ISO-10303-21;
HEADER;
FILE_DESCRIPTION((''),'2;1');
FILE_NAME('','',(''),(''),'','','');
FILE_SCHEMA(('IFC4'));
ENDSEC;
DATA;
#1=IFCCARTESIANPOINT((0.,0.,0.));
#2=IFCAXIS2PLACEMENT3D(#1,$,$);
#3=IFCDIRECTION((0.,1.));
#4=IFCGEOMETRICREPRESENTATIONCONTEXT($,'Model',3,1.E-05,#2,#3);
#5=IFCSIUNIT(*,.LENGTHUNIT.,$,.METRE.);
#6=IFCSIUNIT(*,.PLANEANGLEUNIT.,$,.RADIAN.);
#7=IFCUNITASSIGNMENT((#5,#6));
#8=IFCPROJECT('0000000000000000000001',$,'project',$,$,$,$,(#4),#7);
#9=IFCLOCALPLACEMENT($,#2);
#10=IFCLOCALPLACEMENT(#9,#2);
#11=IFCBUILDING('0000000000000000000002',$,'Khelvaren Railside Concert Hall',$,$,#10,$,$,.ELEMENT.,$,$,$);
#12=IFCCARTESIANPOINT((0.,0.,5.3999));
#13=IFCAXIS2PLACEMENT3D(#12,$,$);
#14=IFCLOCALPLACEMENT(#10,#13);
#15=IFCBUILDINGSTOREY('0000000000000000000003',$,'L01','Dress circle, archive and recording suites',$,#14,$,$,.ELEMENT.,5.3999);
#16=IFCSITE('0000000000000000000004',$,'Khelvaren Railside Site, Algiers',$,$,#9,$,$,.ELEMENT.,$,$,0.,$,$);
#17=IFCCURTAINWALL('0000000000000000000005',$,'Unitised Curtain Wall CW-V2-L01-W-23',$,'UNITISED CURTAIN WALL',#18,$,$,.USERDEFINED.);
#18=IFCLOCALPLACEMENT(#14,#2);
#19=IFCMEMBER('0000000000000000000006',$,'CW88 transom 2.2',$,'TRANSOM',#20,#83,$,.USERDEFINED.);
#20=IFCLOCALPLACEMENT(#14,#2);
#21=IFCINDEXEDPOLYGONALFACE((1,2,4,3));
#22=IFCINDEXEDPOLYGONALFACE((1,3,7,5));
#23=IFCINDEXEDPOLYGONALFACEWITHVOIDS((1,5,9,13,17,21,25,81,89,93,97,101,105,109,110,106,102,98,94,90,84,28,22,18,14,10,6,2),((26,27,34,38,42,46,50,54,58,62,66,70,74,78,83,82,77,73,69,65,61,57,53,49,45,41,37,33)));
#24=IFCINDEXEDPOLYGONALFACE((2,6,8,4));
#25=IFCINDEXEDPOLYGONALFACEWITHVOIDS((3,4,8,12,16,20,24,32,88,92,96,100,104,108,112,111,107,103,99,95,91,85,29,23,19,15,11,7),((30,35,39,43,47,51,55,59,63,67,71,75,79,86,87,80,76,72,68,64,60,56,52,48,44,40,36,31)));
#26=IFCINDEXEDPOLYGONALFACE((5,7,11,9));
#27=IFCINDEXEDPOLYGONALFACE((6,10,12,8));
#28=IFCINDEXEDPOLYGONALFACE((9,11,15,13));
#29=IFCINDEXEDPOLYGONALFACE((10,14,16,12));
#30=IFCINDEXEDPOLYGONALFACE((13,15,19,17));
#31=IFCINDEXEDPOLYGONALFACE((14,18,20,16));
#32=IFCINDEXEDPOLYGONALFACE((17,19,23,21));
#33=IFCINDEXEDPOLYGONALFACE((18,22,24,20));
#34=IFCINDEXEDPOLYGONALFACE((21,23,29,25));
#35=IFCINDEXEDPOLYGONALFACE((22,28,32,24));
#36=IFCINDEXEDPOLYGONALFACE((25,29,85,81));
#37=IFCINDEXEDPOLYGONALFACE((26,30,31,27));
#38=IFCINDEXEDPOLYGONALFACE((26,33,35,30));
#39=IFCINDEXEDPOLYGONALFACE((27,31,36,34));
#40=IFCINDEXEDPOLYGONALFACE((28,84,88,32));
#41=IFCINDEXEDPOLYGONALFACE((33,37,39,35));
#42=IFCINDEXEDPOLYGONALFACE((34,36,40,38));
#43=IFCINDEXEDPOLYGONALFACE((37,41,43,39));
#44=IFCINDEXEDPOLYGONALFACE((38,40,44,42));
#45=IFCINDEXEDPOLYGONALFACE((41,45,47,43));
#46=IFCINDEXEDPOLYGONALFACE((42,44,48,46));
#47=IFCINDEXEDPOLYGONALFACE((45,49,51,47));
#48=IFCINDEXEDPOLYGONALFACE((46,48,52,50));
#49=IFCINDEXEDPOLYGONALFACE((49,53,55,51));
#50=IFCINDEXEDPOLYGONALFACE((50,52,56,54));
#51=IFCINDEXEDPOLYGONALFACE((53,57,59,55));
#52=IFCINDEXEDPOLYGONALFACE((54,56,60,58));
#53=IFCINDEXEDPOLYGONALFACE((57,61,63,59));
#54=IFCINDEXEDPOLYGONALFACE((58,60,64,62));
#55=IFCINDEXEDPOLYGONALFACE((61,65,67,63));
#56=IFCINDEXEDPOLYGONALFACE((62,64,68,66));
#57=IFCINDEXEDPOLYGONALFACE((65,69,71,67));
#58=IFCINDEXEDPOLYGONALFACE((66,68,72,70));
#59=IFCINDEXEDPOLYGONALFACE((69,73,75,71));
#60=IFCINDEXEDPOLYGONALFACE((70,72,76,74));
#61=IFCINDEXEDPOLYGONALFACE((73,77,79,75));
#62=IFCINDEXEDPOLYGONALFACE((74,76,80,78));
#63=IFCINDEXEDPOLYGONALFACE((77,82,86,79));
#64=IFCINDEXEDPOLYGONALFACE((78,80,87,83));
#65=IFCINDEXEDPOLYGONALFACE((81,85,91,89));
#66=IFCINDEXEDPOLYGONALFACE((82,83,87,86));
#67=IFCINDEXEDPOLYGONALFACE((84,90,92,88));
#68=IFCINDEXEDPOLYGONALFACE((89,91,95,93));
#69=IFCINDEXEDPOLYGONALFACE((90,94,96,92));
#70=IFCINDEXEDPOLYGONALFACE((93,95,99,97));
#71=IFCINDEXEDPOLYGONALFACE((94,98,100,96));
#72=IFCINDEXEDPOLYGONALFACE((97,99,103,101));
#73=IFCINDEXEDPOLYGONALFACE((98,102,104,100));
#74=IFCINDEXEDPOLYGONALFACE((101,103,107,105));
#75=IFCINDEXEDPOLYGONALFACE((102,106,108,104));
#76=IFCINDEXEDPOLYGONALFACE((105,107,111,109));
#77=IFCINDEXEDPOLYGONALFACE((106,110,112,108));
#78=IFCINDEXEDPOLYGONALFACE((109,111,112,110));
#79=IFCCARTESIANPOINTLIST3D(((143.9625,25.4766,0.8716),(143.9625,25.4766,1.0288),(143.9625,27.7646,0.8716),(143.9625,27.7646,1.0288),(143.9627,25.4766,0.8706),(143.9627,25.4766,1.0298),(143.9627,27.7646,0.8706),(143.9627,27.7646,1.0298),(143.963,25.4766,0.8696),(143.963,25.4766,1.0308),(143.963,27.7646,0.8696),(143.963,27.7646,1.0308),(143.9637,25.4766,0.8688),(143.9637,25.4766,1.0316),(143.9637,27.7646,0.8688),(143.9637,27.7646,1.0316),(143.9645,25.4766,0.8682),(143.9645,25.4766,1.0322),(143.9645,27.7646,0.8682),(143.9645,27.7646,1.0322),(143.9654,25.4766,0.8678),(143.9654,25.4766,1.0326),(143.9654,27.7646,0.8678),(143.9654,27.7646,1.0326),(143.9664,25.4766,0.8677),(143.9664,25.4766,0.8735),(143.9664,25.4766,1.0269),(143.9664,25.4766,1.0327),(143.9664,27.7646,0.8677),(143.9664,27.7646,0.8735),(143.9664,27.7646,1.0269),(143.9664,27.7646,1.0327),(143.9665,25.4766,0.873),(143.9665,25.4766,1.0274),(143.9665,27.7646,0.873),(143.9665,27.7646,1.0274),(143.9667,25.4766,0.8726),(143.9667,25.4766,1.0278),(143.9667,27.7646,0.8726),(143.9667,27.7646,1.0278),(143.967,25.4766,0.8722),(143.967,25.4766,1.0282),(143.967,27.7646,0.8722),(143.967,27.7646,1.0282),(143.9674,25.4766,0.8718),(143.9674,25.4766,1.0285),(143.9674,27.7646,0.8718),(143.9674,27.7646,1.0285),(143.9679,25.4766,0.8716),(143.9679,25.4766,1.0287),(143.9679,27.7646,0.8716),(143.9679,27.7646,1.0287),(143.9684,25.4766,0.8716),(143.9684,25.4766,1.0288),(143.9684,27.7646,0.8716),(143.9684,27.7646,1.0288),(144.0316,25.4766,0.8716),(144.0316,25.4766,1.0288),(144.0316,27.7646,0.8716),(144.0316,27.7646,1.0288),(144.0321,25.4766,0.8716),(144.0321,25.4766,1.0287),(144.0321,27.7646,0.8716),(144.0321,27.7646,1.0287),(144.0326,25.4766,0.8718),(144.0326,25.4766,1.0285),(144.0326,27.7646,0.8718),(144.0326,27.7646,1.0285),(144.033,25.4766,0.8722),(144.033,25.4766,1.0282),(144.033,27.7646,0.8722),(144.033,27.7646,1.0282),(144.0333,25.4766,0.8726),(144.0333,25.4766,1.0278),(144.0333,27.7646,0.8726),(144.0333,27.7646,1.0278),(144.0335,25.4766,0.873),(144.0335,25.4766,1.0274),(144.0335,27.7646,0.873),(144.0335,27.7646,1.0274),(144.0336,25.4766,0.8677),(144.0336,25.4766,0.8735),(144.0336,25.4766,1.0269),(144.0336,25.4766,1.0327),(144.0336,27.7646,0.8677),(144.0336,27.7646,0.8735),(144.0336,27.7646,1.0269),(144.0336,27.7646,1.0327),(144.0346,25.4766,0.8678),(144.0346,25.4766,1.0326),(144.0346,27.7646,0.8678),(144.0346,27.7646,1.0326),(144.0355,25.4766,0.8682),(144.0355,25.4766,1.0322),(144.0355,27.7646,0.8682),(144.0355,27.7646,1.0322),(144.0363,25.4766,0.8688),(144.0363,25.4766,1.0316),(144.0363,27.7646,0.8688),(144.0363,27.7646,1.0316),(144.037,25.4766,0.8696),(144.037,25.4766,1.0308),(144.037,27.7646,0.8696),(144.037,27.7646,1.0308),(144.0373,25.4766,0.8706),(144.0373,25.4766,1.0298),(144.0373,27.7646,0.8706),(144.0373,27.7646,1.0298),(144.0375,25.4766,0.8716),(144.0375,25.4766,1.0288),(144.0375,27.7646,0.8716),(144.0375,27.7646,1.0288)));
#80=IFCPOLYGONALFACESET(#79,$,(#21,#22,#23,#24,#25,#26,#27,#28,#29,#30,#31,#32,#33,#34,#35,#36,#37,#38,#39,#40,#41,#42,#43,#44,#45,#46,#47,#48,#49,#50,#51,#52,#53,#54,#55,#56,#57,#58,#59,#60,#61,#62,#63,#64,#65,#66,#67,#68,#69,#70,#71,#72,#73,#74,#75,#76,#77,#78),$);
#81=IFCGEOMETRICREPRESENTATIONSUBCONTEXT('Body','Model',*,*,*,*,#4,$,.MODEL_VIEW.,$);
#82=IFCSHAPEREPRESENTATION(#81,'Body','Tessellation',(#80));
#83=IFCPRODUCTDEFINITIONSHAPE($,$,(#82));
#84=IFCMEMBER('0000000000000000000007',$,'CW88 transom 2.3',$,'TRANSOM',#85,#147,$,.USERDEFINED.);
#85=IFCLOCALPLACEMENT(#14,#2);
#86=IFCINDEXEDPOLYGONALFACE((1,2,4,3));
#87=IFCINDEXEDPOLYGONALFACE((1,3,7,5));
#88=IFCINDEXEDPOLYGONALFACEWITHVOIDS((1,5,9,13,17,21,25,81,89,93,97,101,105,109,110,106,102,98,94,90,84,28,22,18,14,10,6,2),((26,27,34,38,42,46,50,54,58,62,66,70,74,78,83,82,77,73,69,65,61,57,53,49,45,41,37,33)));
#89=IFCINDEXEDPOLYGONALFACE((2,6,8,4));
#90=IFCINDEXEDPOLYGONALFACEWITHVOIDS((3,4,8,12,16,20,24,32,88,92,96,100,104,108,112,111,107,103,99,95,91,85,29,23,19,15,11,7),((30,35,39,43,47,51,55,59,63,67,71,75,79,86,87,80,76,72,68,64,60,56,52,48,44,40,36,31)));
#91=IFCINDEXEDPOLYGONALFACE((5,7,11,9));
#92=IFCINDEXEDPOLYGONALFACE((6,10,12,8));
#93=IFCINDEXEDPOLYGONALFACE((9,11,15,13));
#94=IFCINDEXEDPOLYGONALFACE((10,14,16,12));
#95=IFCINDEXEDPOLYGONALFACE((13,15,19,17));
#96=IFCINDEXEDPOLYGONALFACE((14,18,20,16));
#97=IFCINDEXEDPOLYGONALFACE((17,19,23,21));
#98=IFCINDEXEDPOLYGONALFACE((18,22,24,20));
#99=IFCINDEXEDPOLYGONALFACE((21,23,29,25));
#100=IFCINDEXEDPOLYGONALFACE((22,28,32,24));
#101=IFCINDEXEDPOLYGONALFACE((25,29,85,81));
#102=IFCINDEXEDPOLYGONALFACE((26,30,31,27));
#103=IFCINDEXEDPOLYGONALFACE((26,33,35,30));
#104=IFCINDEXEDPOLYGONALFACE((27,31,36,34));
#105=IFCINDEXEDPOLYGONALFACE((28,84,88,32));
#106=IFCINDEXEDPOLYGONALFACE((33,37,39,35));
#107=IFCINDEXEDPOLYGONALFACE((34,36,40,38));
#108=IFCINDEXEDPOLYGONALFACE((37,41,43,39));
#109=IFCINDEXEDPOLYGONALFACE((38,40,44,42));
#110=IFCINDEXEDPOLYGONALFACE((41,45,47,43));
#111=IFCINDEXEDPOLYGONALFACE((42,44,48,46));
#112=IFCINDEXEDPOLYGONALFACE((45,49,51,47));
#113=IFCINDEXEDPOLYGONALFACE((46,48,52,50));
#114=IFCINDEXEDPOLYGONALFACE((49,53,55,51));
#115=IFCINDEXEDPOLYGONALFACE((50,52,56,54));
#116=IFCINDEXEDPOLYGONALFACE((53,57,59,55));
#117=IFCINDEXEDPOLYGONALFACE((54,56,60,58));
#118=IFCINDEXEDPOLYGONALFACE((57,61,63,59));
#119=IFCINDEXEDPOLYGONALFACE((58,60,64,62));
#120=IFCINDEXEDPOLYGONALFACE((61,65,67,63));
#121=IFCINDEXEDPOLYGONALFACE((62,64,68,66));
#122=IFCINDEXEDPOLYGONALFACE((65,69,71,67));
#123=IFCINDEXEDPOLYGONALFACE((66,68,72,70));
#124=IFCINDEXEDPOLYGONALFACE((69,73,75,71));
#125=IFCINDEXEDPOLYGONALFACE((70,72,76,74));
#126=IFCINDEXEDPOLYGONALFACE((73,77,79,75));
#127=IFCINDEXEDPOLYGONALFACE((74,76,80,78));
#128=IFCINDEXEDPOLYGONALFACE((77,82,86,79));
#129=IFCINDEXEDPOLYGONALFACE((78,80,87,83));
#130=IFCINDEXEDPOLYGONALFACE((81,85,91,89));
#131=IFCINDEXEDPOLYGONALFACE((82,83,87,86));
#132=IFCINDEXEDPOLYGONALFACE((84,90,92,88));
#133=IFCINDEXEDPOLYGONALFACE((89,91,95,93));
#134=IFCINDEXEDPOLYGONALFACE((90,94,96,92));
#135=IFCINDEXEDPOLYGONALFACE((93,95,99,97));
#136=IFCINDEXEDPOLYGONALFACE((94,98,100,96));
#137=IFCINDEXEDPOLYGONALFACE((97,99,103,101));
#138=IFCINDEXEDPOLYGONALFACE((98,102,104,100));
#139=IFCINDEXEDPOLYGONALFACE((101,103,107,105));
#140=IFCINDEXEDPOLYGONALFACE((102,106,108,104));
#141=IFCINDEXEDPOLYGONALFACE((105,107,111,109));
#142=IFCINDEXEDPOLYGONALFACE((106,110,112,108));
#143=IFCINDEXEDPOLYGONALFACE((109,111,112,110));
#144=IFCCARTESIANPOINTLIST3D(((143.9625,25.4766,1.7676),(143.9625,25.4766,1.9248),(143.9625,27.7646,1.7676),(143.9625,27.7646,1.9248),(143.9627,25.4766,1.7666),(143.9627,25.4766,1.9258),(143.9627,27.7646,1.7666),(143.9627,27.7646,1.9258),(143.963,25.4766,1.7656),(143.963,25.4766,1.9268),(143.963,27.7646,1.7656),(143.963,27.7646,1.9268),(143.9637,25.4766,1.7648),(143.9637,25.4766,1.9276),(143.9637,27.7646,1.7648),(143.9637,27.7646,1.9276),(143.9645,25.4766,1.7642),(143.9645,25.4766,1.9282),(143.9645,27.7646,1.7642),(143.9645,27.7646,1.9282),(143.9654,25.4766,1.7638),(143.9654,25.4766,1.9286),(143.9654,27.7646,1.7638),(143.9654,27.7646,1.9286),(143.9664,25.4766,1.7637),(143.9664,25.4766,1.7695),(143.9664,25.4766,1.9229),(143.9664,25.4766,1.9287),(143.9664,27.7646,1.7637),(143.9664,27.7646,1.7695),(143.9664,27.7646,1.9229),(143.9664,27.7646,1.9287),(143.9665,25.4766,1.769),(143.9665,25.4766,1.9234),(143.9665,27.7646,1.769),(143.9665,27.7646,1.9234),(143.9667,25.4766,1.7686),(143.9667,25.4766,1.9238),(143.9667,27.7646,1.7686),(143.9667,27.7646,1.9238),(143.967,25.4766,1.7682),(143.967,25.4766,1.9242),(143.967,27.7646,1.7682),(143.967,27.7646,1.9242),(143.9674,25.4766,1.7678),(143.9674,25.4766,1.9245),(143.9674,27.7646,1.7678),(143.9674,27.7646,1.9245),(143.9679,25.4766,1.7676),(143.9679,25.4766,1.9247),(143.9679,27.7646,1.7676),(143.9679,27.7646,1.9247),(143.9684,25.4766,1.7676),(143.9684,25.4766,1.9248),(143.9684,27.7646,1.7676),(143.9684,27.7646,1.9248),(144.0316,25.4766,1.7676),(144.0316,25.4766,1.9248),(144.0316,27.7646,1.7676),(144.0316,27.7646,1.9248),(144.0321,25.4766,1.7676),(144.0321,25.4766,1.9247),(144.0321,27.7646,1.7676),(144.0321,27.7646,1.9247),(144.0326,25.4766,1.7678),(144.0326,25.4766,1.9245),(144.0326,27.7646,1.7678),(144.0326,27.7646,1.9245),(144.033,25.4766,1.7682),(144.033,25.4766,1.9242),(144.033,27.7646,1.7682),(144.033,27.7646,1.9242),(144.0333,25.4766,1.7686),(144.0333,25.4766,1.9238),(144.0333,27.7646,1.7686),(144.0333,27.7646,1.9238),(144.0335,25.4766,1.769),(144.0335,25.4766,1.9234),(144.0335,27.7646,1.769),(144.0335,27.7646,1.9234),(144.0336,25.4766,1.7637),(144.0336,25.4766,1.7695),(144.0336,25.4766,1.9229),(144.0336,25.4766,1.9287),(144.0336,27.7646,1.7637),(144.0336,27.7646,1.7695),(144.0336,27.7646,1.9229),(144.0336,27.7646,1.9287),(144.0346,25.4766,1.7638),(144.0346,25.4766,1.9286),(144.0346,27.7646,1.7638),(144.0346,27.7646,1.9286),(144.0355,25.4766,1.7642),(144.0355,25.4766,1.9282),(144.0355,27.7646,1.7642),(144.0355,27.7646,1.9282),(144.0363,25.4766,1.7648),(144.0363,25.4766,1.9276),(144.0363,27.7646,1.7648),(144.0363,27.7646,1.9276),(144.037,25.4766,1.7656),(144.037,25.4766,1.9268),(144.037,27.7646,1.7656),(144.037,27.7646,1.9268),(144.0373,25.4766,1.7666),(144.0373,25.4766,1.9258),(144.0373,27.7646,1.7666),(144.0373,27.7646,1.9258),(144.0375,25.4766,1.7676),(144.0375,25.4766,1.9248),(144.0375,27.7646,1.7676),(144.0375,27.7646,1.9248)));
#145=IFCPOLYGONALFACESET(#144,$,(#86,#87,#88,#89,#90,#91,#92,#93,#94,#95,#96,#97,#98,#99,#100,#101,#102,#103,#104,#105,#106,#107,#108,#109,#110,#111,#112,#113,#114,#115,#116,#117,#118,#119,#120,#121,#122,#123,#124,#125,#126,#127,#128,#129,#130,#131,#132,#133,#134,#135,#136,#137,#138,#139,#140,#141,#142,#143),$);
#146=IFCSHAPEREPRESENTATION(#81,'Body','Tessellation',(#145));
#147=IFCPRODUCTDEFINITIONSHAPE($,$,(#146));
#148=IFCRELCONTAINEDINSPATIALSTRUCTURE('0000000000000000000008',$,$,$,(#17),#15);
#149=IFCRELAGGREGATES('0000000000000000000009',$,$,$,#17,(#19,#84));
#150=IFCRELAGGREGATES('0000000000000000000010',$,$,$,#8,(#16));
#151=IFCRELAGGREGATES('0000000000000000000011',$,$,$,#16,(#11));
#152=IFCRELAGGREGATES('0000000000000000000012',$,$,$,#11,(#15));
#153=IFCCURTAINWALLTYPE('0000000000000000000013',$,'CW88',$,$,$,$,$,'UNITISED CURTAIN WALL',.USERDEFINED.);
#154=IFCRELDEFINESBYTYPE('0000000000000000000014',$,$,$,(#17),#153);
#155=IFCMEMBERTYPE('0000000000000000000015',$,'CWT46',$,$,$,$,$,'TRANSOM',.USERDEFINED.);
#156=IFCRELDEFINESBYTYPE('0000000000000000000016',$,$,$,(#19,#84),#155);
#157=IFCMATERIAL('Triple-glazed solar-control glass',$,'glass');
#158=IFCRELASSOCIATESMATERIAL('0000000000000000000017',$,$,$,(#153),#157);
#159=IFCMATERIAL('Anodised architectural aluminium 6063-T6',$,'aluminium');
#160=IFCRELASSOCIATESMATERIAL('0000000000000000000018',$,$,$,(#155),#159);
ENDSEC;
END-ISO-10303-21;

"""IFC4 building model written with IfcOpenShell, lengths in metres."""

from ifc_helpers import new_model, si_unit, direction, frame, origin, origin_2d, place, context, subcontext, project, spatial, hollow_rectangle, extrude, material, material_profile, profile_set, type_object, element, aggregate, save


model = new_model("IFC4")

# Units and contexts
model_context = context("Model", 3, precision=1e-05, world=origin(), true_north=direction((0.0, 1.0)))
body_context = subcontext(model_context, "Body", "Model", "MODEL_VIEW")
ifc_project = project(units=[si_unit("LENGTHUNIT", "METRE"), si_unit("PLANEANGLEUNIT", "RADIAN")], contexts=[model_context])

# Site, building, storey
site_placement = place(None, origin())
site = spatial("IfcSite", under=ifc_project, at=site_placement, Name="Khelvaren Railside Site, Algiers", CompositionType="ELEMENT", RefElevation=0.0)
building_placement = place(site_placement, origin())
building = spatial("IfcBuilding", under=site, at=building_placement, Name="Khelvaren Railside Concert Hall", CompositionType="ELEMENT")
storey_placement = place(building_placement, frame((0.0, 0.0, 5.3999)))
storey = spatial("IfcBuildingStorey", under=building, at=storey_placement, Name="L01", Description="Dress circle, archive and recording suites", CompositionType="ELEMENT", Elevation=5.3999)

# Curtain wall, members
ifc_material_1 = material(Name="Triple-glazed solar-control glass", Category="glass")
curtain_wall_type = type_object("IfcCurtainWallType", Name="CW88", ElementType="UNITISED CURTAIN WALL", PredefinedType="USERDEFINED", material=ifc_material_1)
curtain_wall_placement = place(storey_placement, origin())
curtain_wall = element("IfcCurtainWall", 1, at=curtain_wall_placement, inside=storey, type_object=curtain_wall_type, Name="Unitised Curtain Wall CW-V2-L01-W-23", ObjectType="UNITISED CURTAIN WALL", PredefinedType="USERDEFINED")
ifc_material_2 = material(Name="Anodised architectural aluminium 6063-T6", Category="aluminium")
ifc_material_profile_1 = material_profile(ifc_material_2, hollow_rectangle(XDim=0.075, YDim=0.165, WallThickness=0.0039, InnerFilletRadius=0.002, OuterFilletRadius=0.0039, at=origin_2d()), Name="CWT 75x165x4")
ifc_profile_set_1 = profile_set([ifc_material_profile_1], Name="Anodised architectural aluminium 6063-T6")
member_type_1 = type_object("IfcMemberType", Name="CWT46", ElementType="TRANSOM", PredefinedType="USERDEFINED", material=ifc_profile_set_1)
member_1_placement = place(storey_placement, frame((144.0, 25.4766, 0.9502), z_axis=(0.0, 1.0, 0.0), x_axis=(-1.0, 0.0, 0.0)))
member_1 = element("IfcMember", 2, at=member_1_placement, type_object=member_type_1, Name="CW88 transom 2.2", ObjectType="TRANSOM", PredefinedType="USERDEFINED", context=body_context, shape_type="SweptSolid", body=[
    extrude(hollow_rectangle(XDim=0.075, YDim=0.165, WallThickness=0.0039, InnerFilletRadius=0.002, OuterFilletRadius=0.0039, at=origin_2d()), origin(), (0.0, 0.0, 1.0), 2.2881),
])
member_2_placement = place(storey_placement, frame((144.0, 25.4766, 1.8462), z_axis=(0.0, 1.0, 0.0), x_axis=(-1.0, 0.0, 0.0)))
member_2 = element("IfcMember", 3, at=member_2_placement, type_object=member_type_1, Name="CW88 transom 2.3", ObjectType="TRANSOM", PredefinedType="USERDEFINED", context=body_context, shape_type="SweptSolid", body=[
    extrude(hollow_rectangle(XDim=0.075, YDim=0.165, WallThickness=0.0039, InnerFilletRadius=0.002, OuterFilletRadius=0.0039, at=origin_2d()), origin(), (0.0, 0.0, 1.0), 2.2881),
])

aggregate(curtain_wall, [member_1, member_2])

save(model, "model.ifc")
